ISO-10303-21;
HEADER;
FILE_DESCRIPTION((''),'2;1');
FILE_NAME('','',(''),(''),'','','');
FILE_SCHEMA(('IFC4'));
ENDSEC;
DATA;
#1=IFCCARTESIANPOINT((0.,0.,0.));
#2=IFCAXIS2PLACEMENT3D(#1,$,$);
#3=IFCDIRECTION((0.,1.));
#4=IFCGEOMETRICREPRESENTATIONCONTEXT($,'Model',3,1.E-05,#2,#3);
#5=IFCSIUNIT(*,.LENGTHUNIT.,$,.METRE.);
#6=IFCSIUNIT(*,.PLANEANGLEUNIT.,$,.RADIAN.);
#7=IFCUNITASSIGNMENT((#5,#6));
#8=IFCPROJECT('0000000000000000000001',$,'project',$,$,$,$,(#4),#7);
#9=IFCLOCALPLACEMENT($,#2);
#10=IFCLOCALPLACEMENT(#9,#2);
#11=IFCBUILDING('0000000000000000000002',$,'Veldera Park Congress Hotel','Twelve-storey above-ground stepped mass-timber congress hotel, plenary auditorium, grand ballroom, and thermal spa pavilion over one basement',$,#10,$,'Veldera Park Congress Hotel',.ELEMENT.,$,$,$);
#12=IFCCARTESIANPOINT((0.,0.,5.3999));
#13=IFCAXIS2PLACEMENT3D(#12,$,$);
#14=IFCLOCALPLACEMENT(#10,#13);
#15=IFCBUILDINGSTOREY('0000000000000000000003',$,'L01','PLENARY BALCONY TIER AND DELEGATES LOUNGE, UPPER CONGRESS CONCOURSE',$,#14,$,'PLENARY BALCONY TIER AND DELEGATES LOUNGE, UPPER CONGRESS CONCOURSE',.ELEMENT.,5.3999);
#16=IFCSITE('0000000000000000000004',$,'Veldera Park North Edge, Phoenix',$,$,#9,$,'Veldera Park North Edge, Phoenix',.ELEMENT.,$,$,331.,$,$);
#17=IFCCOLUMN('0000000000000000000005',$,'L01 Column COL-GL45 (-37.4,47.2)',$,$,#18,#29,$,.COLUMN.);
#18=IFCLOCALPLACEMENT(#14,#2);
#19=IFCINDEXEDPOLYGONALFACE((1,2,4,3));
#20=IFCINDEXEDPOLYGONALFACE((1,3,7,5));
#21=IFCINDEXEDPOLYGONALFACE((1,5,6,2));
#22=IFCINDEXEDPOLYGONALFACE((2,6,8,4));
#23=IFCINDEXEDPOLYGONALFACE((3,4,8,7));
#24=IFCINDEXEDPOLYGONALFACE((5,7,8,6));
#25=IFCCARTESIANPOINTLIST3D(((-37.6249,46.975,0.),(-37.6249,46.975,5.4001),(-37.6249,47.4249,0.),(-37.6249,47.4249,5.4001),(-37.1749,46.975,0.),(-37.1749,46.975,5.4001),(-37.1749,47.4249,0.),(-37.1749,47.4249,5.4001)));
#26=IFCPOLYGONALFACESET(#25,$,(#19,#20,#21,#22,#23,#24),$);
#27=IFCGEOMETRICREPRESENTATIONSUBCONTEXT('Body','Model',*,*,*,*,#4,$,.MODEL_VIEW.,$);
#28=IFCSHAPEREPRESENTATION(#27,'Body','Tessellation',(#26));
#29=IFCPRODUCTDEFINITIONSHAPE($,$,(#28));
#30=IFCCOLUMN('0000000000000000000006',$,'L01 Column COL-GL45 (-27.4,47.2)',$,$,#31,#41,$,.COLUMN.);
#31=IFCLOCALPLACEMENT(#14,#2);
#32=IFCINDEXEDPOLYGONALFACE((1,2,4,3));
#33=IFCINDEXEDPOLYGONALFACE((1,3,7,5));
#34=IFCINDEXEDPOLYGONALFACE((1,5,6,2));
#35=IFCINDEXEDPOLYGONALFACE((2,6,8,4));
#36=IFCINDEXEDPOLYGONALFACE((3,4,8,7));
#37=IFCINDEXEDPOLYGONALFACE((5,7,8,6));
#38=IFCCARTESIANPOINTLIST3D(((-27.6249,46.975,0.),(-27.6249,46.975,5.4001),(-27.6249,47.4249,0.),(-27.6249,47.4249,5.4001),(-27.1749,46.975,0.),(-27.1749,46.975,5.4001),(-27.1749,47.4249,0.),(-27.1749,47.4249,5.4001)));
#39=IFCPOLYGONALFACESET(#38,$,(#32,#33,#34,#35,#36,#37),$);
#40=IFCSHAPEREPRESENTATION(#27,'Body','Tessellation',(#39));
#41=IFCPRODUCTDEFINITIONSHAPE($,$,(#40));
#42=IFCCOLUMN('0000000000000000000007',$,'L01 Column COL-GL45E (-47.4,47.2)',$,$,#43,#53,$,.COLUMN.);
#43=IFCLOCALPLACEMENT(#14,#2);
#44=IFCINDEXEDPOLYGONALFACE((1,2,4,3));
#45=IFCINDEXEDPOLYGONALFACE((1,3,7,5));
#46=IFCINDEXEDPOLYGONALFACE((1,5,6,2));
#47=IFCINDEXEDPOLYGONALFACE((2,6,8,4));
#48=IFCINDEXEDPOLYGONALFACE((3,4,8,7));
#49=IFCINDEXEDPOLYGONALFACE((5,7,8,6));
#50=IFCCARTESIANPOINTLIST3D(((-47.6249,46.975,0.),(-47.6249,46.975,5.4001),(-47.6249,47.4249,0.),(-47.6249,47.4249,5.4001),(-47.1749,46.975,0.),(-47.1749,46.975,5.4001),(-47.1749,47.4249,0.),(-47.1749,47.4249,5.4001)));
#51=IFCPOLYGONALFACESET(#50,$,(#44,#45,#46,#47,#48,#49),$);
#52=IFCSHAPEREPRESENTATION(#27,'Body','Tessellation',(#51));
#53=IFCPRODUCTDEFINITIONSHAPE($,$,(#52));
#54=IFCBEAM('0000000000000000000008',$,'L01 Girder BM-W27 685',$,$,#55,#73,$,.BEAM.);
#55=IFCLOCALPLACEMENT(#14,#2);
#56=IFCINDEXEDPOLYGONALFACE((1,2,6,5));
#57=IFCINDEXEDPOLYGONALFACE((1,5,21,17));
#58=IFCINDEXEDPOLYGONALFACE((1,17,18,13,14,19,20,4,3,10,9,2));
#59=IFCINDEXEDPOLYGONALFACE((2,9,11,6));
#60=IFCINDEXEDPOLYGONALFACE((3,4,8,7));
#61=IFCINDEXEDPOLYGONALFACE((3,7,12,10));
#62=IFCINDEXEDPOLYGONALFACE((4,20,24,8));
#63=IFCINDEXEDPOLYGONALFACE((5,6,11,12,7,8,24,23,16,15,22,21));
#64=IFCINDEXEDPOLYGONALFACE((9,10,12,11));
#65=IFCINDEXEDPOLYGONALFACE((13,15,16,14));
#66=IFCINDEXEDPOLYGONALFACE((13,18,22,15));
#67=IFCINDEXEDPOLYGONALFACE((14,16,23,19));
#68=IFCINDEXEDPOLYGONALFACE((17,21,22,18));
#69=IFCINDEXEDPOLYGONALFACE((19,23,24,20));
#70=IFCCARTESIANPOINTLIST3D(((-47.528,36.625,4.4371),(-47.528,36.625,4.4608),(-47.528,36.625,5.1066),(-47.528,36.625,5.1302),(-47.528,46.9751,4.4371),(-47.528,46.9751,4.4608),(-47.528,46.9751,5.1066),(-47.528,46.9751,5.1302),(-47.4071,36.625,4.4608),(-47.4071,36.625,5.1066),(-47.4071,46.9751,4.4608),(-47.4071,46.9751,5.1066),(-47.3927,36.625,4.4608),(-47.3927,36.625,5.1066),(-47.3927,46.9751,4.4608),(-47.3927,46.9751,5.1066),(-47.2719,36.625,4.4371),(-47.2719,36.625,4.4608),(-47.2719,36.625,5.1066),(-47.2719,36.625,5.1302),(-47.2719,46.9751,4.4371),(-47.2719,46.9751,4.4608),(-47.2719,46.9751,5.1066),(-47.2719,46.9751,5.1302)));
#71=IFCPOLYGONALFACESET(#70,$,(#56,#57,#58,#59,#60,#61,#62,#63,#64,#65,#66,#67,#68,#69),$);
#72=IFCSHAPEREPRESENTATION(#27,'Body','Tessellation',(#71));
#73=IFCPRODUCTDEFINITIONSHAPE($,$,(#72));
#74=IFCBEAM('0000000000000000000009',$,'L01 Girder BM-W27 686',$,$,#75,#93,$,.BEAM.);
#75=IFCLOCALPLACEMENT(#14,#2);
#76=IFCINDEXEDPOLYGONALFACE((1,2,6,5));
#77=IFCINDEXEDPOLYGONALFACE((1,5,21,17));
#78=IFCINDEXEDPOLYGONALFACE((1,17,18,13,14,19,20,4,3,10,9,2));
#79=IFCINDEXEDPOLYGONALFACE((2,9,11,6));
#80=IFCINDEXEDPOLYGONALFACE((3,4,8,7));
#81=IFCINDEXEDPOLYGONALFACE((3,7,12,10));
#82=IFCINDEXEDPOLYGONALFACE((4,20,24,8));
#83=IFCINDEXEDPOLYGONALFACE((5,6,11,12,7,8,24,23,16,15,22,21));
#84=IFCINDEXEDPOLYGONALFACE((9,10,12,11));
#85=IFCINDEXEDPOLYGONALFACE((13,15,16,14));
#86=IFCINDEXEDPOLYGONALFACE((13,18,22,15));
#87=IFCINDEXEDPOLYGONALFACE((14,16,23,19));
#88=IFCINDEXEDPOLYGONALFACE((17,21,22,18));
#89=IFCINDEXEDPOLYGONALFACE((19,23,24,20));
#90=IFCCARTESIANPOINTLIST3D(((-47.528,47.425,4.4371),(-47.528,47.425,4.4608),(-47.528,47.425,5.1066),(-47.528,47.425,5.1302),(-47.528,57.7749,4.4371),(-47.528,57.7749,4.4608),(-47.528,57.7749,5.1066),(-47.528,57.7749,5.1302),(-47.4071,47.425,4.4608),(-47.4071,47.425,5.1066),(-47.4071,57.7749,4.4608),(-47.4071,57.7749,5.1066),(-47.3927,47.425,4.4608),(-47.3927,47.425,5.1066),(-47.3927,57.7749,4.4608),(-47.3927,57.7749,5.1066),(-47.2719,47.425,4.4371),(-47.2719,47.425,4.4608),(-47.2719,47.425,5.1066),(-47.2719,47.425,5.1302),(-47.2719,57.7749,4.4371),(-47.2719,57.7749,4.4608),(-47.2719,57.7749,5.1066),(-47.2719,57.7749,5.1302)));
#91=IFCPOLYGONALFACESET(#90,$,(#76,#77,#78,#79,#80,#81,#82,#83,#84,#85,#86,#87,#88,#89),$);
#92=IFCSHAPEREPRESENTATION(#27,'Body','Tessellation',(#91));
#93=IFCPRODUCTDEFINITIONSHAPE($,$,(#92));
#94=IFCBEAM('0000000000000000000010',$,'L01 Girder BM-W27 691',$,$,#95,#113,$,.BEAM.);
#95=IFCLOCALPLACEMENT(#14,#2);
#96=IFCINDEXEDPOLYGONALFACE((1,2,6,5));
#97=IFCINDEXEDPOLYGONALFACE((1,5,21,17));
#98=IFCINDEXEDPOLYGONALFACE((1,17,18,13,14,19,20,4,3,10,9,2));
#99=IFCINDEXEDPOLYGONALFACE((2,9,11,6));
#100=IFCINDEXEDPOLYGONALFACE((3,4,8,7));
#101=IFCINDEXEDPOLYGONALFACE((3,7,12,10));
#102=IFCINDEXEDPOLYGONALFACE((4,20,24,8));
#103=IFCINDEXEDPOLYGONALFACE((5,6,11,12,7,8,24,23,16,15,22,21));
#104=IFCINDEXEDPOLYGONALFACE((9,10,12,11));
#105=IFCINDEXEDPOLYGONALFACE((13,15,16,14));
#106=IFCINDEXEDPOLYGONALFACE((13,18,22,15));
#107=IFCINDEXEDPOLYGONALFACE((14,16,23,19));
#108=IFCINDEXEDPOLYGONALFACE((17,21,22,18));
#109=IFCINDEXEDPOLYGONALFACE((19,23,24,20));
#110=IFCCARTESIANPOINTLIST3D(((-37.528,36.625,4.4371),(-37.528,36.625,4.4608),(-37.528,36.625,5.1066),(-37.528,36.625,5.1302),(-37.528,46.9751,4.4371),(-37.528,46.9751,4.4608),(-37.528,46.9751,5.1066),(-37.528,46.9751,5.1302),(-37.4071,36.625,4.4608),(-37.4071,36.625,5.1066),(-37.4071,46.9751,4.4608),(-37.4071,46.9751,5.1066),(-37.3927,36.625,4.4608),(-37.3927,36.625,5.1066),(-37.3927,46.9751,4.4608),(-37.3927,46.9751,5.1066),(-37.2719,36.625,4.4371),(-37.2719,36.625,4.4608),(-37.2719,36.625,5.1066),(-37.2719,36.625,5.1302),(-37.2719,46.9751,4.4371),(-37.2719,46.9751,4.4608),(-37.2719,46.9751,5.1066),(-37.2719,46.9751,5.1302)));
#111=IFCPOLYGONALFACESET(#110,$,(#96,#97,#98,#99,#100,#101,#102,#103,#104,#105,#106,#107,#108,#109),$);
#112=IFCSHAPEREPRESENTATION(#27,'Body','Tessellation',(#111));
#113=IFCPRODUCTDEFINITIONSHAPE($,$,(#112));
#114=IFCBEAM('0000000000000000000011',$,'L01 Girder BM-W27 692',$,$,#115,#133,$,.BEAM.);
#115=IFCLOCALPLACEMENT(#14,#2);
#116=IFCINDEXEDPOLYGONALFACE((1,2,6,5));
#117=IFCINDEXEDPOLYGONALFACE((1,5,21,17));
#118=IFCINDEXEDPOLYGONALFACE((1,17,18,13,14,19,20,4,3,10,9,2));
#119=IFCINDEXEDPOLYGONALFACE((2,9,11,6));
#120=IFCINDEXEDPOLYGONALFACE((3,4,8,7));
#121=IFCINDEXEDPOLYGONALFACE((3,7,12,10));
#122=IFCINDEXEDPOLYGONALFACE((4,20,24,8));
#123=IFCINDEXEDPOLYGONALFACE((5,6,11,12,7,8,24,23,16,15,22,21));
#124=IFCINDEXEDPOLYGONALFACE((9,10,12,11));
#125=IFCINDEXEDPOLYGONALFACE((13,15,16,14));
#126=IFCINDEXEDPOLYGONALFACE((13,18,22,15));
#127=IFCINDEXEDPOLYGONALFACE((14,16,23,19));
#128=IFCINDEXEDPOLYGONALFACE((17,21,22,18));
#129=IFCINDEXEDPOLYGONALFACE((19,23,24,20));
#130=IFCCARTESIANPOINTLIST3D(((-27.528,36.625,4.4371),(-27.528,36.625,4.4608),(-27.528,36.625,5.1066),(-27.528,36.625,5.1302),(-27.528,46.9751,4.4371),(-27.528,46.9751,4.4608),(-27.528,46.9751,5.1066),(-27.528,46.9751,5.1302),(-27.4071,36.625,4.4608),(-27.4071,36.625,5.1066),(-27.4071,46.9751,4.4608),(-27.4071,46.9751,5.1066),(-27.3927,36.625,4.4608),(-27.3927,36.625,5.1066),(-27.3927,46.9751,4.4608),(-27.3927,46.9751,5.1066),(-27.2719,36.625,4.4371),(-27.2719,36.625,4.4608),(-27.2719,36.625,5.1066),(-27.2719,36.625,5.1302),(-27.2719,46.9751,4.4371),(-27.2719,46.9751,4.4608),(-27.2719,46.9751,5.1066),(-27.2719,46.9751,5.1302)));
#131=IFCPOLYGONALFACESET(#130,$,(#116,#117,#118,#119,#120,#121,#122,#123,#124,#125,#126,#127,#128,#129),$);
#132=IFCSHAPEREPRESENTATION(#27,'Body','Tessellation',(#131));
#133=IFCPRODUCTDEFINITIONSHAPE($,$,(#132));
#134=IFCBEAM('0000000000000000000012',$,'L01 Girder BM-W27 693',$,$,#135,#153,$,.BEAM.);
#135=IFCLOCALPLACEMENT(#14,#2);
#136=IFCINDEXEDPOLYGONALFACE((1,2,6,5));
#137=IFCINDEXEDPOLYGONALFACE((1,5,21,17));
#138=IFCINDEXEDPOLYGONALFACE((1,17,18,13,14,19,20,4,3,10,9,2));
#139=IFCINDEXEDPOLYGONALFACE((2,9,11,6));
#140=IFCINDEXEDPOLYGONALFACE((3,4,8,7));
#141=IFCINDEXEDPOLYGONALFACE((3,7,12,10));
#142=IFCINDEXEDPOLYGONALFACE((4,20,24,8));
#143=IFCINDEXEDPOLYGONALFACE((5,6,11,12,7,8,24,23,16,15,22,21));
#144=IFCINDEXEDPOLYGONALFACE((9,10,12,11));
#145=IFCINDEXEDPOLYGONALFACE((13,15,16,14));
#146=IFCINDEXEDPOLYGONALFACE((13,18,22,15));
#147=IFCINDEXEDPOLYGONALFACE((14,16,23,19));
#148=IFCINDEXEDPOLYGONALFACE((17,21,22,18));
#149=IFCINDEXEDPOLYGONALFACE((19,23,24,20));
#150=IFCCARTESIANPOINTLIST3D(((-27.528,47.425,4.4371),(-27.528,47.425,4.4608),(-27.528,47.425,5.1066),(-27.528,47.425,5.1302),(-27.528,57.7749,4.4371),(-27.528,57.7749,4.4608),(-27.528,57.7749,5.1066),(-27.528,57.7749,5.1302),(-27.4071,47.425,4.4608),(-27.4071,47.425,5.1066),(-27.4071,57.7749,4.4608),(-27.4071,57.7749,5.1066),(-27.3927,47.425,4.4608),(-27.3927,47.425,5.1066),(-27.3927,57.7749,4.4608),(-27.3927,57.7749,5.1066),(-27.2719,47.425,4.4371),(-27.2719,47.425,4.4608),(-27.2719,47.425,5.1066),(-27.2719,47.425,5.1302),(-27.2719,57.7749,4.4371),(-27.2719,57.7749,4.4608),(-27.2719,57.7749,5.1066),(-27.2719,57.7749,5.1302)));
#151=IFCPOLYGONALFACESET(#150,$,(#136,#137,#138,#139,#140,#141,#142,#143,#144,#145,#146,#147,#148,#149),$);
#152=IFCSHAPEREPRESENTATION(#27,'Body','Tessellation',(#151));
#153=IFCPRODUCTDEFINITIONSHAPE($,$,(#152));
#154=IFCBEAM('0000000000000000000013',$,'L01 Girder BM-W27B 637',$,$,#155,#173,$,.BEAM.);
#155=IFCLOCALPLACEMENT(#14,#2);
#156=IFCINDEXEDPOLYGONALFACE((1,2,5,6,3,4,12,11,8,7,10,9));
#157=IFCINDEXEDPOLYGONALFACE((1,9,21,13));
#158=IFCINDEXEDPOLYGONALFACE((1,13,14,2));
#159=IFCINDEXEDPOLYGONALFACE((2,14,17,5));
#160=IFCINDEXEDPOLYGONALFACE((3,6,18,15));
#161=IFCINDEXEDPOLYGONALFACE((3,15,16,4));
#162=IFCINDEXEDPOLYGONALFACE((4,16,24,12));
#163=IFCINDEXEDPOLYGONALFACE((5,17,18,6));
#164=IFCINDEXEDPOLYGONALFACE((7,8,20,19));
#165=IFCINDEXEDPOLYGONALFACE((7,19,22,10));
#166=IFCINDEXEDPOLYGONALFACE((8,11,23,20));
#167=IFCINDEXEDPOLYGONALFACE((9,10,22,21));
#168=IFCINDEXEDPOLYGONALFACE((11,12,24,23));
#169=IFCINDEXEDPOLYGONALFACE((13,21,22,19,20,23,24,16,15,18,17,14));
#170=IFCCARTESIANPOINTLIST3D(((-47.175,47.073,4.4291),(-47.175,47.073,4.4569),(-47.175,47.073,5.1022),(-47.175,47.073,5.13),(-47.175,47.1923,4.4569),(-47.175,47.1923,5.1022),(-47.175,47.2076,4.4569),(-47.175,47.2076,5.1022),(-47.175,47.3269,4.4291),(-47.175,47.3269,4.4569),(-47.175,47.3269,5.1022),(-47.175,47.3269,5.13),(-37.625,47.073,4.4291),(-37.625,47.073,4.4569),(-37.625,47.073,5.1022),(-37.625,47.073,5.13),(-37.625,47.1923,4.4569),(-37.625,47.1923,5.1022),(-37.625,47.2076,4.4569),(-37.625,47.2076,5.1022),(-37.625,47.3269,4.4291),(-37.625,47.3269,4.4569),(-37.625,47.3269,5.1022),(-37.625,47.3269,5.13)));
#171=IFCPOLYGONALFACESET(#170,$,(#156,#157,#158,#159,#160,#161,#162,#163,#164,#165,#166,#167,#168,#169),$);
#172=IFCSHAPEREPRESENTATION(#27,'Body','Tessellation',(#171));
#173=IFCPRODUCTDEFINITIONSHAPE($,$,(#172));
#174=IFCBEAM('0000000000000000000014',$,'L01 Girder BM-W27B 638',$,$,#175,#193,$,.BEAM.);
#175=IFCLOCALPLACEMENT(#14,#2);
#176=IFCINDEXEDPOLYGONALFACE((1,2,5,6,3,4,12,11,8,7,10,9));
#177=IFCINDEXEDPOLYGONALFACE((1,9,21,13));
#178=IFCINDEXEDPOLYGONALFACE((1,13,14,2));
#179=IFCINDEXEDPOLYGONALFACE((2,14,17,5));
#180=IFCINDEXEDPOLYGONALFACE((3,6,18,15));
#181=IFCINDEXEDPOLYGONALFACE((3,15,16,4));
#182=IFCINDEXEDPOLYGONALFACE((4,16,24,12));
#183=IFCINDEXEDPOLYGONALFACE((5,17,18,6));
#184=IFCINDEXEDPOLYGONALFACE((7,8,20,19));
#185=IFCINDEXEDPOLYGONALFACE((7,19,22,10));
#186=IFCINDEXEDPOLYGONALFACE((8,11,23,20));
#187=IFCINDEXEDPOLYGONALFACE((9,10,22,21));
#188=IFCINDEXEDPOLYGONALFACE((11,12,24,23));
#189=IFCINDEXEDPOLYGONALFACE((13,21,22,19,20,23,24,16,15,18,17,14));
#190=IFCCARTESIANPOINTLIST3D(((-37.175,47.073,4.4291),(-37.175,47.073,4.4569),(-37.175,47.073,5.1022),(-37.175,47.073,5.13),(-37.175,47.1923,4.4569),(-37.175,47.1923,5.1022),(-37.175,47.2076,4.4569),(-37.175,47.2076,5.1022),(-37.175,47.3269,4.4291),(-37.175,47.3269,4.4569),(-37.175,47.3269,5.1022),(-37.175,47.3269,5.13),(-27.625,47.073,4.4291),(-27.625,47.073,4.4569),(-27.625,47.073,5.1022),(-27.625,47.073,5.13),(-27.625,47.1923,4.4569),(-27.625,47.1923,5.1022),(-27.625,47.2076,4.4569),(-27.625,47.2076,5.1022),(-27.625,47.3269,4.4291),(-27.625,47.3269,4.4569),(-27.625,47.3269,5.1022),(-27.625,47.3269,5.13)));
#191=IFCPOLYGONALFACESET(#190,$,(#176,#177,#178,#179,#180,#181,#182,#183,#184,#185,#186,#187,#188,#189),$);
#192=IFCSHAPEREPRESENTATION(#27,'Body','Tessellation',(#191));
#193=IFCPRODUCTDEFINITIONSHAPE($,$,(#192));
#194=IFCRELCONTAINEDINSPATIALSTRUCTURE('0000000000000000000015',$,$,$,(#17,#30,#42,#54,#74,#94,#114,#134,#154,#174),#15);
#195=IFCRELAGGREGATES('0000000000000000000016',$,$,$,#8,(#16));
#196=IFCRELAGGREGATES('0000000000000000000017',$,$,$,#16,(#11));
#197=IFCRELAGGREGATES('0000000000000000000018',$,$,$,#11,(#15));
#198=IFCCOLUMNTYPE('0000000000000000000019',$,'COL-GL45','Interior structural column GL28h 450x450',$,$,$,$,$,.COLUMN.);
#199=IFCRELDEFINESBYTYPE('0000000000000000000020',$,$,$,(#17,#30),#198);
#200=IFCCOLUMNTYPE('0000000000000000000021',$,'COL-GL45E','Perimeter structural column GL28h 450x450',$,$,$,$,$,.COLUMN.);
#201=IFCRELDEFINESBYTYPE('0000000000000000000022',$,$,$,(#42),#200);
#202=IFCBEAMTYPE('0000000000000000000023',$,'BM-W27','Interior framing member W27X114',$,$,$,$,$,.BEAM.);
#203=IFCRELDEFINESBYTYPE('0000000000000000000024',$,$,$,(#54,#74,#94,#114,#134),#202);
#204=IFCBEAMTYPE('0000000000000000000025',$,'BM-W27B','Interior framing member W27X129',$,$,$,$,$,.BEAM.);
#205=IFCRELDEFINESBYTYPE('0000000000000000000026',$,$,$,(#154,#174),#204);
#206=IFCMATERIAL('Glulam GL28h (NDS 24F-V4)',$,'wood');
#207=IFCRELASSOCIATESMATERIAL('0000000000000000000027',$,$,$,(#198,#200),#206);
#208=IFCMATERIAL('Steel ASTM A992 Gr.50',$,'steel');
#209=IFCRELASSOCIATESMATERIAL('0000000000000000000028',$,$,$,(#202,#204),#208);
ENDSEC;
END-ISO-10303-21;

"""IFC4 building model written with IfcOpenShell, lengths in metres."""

from ifc_helpers import new_model, si_unit, direction, frame, origin, origin_2d, place, context, subcontext, project, spatial, rectangle, i_section, extrude, material, material_profile, profile_set, type_object, element, save


model = new_model("IFC4")

# Units and contexts
model_context = context("Model", 3, precision=1e-05, world=origin(), true_north=direction((0.0, 1.0)))
body_context = subcontext(model_context, "Body", "Model", "MODEL_VIEW")
ifc_project = project(units=[si_unit("LENGTHUNIT", "METRE"), si_unit("PLANEANGLEUNIT", "RADIAN")], contexts=[model_context])

# Site, building, storey
site_placement = place(None, origin())
site = spatial("IfcSite", under=ifc_project, at=site_placement, Name="Veldera Park North Edge, Phoenix", LongName="Veldera Park North Edge, Phoenix", CompositionType="ELEMENT", RefElevation=331.0)
building_placement = place(site_placement, origin())
building = spatial("IfcBuilding", under=site, at=building_placement, Name="Veldera Park Congress Hotel", Description="Twelve-storey above-ground stepped mass-timber congress hotel, plenary auditorium, grand ballroom, and thermal spa pavilion over one basement", LongName="Veldera Park Congress Hotel", CompositionType="ELEMENT")
storey_placement = place(building_placement, frame((0.0, 0.0, 5.3999)))
storey = spatial("IfcBuildingStorey", under=building, at=storey_placement, Name="L01", Description="PLENARY BALCONY TIER AND DELEGATES LOUNGE, UPPER CONGRESS CONCOURSE", LongName="PLENARY BALCONY TIER AND DELEGATES LOUNGE, UPPER CONGRESS CONCOURSE", CompositionType="ELEMENT", Elevation=5.3999)

# Columns
ifc_material_1 = material(Name="Glulam GL28h (NDS 24F-V4)", Category="wood")
ifc_material_profile_1 = material_profile(ifc_material_1, rectangle(XDim=0.45, YDim=0.45, at=origin_2d()), Name="GL28h 450x450")
ifc_profile_set_1 = profile_set([ifc_material_profile_1], Name="Glulam GL28h (NDS 24F-V4)")
column_type_1 = type_object("IfcColumnType", Name="COL-GL45", Description="Interior structural column GL28h 450x450", PredefinedType="COLUMN", material=ifc_profile_set_1)
for number, where, z_axis, x_axis, name in (
    (1, (-37.3999, 47.2, 0.0), (0.0, 0.0, 1.0), (1.0, 0.0, 0.0), "L01 Column COL-GL45 (-37.4,47.2)"),
    (2, (-27.3999, 47.2, 0.0), (0.0, 0.0, 1.0), (1.0, 0.0, 0.0), "L01 Column COL-GL45 (-27.4,47.2)"),
):
    element("IfcColumn", number, at=place(storey_placement, frame(where, z_axis=z_axis, x_axis=x_axis)), inside=storey, type_object=column_type_1, Name=name, PredefinedType="COLUMN", context=body_context, shape_type="SweptSolid", body=[
        extrude(rectangle(XDim=0.45, YDim=0.45, at=origin_2d()), origin(), (0.0, 0.0, 1.0), 5.4001),
    ])
ifc_material_profile_2 = material_profile(ifc_material_1, rectangle(XDim=0.45, YDim=0.45, at=origin_2d()), Name="GL28h 450x450")
ifc_profile_set_2 = profile_set([ifc_material_profile_2], Name="Glulam GL28h (NDS 24F-V4)")
column_type_2 = type_object("IfcColumnType", Name="COL-GL45E", Description="Perimeter structural column GL28h 450x450", PredefinedType="COLUMN", material=ifc_profile_set_2)
column_placement = place(storey_placement, frame((-47.3999, 47.2, 0.0), z_axis=(0.0, 0.0, 1.0), x_axis=(1.0, 0.0, 0.0)))
element("IfcColumn", 3, at=column_placement, inside=storey, type_object=column_type_2, Name="L01 Column COL-GL45E (-47.4,47.2)", PredefinedType="COLUMN", context=body_context, shape_type="SweptSolid", body=[
    extrude(rectangle(XDim=0.45, YDim=0.45, at=origin_2d()), origin(), (0.0, 0.0, 1.0), 5.4001),
])

# Beams
ifc_material_2 = material(Name="Steel ASTM A992 Gr.50", Category="steel")
ifc_material_profile_3 = material_profile(ifc_material_2, i_section(OverallWidth=0.2561, OverallDepth=0.6931, WebThickness=0.0144, FlangeThickness=0.0237, at=origin_2d()), Name="W27X114")
ifc_profile_set_3 = profile_set([ifc_material_profile_3], Name="Steel ASTM A992 Gr.50")
beam_type_1 = type_object("IfcBeamType", Name="BM-W27", Description="Interior framing member W27X114", PredefinedType="BEAM", material=ifc_profile_set_3)
beam_1_placement = place(storey_placement, frame((-47.3999, 36.625, 4.7837), z_axis=(0.0, 1.0, 0.0), x_axis=(-1.0, 0.0, 0.0)))
element("IfcBeam", 4, at=beam_1_placement, inside=storey, type_object=beam_type_1, Name="L01 Girder BM-W27 685", PredefinedType="BEAM", context=body_context, shape_type="SweptSolid", body=[
    extrude(i_section(OverallWidth=0.2561, OverallDepth=0.6931, WebThickness=0.0144, FlangeThickness=0.0237, at=origin_2d()), origin(), (0.0, 0.0, 1.0), 10.3501),
])
beam_2_placement = place(storey_placement, frame((-47.3999, 47.425, 4.7837), z_axis=(0.0, 1.0, 0.0), x_axis=(-1.0, 0.0, 0.0)))
element("IfcBeam", 5, at=beam_2_placement, inside=storey, type_object=beam_type_1, Name="L01 Girder BM-W27 686", PredefinedType="BEAM", context=body_context, shape_type="SweptSolid", body=[
    extrude(i_section(OverallWidth=0.2561, OverallDepth=0.6931, WebThickness=0.0144, FlangeThickness=0.0237, at=origin_2d()), origin(), (0.0, 0.0, 1.0), 10.3499),
])
for number, where, z_axis, x_axis, name in (
    (6, (-37.3999, 36.625, 4.7837), (0.0, 1.0, 0.0), (-1.0, 0.0, 0.0), "L01 Girder BM-W27 691"),
    (7, (-27.3999, 36.625, 4.7837), (0.0, 1.0, 0.0), (-1.0, 0.0, 0.0), "L01 Girder BM-W27 692"),
):
    element("IfcBeam", number, at=place(storey_placement, frame(where, z_axis=z_axis, x_axis=x_axis)), inside=storey, type_object=beam_type_1, Name=name, PredefinedType="BEAM", context=body_context, shape_type="SweptSolid", body=[
        extrude(i_section(OverallWidth=0.2561, OverallDepth=0.6931, WebThickness=0.0144, FlangeThickness=0.0237, at=origin_2d()), origin(), (0.0, 0.0, 1.0), 10.3501),
    ])
beam_3_placement = place(storey_placement, frame((-27.3999, 47.425, 4.7837), z_axis=(0.0, 1.0, 0.0), x_axis=(-1.0, 0.0, 0.0)))
element("IfcBeam", 8, at=beam_3_placement, inside=storey, type_object=beam_type_1, Name="L01 Girder BM-W27 693", PredefinedType="BEAM", context=body_context, shape_type="SweptSolid", body=[
    extrude(i_section(OverallWidth=0.2561, OverallDepth=0.6931, WebThickness=0.0144, FlangeThickness=0.0237, at=origin_2d()), origin(), (0.0, 0.0, 1.0), 10.3499),
])
ifc_material_profile_4 = material_profile(ifc_material_2, i_section(OverallWidth=0.2539, OverallDepth=0.7009, WebThickness=0.0154, FlangeThickness=0.0278, at=origin_2d()), Name="W27X129")
ifc_profile_set_4 = profile_set([ifc_material_profile_4], Name="Steel ASTM A992 Gr.50")
beam_type_2 = type_object("IfcBeamType", Name="BM-W27B", Description="Interior framing member W27X129", PredefinedType="BEAM", material=ifc_profile_set_4)
for number, where, z_axis, x_axis, name in (
    (9, (-47.175, 47.2, 4.7795), (1.0, 0.0, 0.0), (0.0, 1.0, 0.0), "L01 Girder BM-W27B 637"),
    (10, (-37.175, 47.2, 4.7795), (1.0, 0.0, 0.0), (0.0, 1.0, 0.0), "L01 Girder BM-W27B 638"),
):
    element("IfcBeam", number, at=place(storey_placement, frame(where, z_axis=z_axis, x_axis=x_axis)), inside=storey, type_object=beam_type_2, Name=name, PredefinedType="BEAM", context=body_context, shape_type="SweptSolid", body=[
        extrude(i_section(OverallWidth=0.2539, OverallDepth=0.7009, WebThickness=0.0154, FlangeThickness=0.0278, at=origin_2d()), origin(), (0.0, 0.0, 1.0), 9.55),
    ])

save(model, "model.ifc")
